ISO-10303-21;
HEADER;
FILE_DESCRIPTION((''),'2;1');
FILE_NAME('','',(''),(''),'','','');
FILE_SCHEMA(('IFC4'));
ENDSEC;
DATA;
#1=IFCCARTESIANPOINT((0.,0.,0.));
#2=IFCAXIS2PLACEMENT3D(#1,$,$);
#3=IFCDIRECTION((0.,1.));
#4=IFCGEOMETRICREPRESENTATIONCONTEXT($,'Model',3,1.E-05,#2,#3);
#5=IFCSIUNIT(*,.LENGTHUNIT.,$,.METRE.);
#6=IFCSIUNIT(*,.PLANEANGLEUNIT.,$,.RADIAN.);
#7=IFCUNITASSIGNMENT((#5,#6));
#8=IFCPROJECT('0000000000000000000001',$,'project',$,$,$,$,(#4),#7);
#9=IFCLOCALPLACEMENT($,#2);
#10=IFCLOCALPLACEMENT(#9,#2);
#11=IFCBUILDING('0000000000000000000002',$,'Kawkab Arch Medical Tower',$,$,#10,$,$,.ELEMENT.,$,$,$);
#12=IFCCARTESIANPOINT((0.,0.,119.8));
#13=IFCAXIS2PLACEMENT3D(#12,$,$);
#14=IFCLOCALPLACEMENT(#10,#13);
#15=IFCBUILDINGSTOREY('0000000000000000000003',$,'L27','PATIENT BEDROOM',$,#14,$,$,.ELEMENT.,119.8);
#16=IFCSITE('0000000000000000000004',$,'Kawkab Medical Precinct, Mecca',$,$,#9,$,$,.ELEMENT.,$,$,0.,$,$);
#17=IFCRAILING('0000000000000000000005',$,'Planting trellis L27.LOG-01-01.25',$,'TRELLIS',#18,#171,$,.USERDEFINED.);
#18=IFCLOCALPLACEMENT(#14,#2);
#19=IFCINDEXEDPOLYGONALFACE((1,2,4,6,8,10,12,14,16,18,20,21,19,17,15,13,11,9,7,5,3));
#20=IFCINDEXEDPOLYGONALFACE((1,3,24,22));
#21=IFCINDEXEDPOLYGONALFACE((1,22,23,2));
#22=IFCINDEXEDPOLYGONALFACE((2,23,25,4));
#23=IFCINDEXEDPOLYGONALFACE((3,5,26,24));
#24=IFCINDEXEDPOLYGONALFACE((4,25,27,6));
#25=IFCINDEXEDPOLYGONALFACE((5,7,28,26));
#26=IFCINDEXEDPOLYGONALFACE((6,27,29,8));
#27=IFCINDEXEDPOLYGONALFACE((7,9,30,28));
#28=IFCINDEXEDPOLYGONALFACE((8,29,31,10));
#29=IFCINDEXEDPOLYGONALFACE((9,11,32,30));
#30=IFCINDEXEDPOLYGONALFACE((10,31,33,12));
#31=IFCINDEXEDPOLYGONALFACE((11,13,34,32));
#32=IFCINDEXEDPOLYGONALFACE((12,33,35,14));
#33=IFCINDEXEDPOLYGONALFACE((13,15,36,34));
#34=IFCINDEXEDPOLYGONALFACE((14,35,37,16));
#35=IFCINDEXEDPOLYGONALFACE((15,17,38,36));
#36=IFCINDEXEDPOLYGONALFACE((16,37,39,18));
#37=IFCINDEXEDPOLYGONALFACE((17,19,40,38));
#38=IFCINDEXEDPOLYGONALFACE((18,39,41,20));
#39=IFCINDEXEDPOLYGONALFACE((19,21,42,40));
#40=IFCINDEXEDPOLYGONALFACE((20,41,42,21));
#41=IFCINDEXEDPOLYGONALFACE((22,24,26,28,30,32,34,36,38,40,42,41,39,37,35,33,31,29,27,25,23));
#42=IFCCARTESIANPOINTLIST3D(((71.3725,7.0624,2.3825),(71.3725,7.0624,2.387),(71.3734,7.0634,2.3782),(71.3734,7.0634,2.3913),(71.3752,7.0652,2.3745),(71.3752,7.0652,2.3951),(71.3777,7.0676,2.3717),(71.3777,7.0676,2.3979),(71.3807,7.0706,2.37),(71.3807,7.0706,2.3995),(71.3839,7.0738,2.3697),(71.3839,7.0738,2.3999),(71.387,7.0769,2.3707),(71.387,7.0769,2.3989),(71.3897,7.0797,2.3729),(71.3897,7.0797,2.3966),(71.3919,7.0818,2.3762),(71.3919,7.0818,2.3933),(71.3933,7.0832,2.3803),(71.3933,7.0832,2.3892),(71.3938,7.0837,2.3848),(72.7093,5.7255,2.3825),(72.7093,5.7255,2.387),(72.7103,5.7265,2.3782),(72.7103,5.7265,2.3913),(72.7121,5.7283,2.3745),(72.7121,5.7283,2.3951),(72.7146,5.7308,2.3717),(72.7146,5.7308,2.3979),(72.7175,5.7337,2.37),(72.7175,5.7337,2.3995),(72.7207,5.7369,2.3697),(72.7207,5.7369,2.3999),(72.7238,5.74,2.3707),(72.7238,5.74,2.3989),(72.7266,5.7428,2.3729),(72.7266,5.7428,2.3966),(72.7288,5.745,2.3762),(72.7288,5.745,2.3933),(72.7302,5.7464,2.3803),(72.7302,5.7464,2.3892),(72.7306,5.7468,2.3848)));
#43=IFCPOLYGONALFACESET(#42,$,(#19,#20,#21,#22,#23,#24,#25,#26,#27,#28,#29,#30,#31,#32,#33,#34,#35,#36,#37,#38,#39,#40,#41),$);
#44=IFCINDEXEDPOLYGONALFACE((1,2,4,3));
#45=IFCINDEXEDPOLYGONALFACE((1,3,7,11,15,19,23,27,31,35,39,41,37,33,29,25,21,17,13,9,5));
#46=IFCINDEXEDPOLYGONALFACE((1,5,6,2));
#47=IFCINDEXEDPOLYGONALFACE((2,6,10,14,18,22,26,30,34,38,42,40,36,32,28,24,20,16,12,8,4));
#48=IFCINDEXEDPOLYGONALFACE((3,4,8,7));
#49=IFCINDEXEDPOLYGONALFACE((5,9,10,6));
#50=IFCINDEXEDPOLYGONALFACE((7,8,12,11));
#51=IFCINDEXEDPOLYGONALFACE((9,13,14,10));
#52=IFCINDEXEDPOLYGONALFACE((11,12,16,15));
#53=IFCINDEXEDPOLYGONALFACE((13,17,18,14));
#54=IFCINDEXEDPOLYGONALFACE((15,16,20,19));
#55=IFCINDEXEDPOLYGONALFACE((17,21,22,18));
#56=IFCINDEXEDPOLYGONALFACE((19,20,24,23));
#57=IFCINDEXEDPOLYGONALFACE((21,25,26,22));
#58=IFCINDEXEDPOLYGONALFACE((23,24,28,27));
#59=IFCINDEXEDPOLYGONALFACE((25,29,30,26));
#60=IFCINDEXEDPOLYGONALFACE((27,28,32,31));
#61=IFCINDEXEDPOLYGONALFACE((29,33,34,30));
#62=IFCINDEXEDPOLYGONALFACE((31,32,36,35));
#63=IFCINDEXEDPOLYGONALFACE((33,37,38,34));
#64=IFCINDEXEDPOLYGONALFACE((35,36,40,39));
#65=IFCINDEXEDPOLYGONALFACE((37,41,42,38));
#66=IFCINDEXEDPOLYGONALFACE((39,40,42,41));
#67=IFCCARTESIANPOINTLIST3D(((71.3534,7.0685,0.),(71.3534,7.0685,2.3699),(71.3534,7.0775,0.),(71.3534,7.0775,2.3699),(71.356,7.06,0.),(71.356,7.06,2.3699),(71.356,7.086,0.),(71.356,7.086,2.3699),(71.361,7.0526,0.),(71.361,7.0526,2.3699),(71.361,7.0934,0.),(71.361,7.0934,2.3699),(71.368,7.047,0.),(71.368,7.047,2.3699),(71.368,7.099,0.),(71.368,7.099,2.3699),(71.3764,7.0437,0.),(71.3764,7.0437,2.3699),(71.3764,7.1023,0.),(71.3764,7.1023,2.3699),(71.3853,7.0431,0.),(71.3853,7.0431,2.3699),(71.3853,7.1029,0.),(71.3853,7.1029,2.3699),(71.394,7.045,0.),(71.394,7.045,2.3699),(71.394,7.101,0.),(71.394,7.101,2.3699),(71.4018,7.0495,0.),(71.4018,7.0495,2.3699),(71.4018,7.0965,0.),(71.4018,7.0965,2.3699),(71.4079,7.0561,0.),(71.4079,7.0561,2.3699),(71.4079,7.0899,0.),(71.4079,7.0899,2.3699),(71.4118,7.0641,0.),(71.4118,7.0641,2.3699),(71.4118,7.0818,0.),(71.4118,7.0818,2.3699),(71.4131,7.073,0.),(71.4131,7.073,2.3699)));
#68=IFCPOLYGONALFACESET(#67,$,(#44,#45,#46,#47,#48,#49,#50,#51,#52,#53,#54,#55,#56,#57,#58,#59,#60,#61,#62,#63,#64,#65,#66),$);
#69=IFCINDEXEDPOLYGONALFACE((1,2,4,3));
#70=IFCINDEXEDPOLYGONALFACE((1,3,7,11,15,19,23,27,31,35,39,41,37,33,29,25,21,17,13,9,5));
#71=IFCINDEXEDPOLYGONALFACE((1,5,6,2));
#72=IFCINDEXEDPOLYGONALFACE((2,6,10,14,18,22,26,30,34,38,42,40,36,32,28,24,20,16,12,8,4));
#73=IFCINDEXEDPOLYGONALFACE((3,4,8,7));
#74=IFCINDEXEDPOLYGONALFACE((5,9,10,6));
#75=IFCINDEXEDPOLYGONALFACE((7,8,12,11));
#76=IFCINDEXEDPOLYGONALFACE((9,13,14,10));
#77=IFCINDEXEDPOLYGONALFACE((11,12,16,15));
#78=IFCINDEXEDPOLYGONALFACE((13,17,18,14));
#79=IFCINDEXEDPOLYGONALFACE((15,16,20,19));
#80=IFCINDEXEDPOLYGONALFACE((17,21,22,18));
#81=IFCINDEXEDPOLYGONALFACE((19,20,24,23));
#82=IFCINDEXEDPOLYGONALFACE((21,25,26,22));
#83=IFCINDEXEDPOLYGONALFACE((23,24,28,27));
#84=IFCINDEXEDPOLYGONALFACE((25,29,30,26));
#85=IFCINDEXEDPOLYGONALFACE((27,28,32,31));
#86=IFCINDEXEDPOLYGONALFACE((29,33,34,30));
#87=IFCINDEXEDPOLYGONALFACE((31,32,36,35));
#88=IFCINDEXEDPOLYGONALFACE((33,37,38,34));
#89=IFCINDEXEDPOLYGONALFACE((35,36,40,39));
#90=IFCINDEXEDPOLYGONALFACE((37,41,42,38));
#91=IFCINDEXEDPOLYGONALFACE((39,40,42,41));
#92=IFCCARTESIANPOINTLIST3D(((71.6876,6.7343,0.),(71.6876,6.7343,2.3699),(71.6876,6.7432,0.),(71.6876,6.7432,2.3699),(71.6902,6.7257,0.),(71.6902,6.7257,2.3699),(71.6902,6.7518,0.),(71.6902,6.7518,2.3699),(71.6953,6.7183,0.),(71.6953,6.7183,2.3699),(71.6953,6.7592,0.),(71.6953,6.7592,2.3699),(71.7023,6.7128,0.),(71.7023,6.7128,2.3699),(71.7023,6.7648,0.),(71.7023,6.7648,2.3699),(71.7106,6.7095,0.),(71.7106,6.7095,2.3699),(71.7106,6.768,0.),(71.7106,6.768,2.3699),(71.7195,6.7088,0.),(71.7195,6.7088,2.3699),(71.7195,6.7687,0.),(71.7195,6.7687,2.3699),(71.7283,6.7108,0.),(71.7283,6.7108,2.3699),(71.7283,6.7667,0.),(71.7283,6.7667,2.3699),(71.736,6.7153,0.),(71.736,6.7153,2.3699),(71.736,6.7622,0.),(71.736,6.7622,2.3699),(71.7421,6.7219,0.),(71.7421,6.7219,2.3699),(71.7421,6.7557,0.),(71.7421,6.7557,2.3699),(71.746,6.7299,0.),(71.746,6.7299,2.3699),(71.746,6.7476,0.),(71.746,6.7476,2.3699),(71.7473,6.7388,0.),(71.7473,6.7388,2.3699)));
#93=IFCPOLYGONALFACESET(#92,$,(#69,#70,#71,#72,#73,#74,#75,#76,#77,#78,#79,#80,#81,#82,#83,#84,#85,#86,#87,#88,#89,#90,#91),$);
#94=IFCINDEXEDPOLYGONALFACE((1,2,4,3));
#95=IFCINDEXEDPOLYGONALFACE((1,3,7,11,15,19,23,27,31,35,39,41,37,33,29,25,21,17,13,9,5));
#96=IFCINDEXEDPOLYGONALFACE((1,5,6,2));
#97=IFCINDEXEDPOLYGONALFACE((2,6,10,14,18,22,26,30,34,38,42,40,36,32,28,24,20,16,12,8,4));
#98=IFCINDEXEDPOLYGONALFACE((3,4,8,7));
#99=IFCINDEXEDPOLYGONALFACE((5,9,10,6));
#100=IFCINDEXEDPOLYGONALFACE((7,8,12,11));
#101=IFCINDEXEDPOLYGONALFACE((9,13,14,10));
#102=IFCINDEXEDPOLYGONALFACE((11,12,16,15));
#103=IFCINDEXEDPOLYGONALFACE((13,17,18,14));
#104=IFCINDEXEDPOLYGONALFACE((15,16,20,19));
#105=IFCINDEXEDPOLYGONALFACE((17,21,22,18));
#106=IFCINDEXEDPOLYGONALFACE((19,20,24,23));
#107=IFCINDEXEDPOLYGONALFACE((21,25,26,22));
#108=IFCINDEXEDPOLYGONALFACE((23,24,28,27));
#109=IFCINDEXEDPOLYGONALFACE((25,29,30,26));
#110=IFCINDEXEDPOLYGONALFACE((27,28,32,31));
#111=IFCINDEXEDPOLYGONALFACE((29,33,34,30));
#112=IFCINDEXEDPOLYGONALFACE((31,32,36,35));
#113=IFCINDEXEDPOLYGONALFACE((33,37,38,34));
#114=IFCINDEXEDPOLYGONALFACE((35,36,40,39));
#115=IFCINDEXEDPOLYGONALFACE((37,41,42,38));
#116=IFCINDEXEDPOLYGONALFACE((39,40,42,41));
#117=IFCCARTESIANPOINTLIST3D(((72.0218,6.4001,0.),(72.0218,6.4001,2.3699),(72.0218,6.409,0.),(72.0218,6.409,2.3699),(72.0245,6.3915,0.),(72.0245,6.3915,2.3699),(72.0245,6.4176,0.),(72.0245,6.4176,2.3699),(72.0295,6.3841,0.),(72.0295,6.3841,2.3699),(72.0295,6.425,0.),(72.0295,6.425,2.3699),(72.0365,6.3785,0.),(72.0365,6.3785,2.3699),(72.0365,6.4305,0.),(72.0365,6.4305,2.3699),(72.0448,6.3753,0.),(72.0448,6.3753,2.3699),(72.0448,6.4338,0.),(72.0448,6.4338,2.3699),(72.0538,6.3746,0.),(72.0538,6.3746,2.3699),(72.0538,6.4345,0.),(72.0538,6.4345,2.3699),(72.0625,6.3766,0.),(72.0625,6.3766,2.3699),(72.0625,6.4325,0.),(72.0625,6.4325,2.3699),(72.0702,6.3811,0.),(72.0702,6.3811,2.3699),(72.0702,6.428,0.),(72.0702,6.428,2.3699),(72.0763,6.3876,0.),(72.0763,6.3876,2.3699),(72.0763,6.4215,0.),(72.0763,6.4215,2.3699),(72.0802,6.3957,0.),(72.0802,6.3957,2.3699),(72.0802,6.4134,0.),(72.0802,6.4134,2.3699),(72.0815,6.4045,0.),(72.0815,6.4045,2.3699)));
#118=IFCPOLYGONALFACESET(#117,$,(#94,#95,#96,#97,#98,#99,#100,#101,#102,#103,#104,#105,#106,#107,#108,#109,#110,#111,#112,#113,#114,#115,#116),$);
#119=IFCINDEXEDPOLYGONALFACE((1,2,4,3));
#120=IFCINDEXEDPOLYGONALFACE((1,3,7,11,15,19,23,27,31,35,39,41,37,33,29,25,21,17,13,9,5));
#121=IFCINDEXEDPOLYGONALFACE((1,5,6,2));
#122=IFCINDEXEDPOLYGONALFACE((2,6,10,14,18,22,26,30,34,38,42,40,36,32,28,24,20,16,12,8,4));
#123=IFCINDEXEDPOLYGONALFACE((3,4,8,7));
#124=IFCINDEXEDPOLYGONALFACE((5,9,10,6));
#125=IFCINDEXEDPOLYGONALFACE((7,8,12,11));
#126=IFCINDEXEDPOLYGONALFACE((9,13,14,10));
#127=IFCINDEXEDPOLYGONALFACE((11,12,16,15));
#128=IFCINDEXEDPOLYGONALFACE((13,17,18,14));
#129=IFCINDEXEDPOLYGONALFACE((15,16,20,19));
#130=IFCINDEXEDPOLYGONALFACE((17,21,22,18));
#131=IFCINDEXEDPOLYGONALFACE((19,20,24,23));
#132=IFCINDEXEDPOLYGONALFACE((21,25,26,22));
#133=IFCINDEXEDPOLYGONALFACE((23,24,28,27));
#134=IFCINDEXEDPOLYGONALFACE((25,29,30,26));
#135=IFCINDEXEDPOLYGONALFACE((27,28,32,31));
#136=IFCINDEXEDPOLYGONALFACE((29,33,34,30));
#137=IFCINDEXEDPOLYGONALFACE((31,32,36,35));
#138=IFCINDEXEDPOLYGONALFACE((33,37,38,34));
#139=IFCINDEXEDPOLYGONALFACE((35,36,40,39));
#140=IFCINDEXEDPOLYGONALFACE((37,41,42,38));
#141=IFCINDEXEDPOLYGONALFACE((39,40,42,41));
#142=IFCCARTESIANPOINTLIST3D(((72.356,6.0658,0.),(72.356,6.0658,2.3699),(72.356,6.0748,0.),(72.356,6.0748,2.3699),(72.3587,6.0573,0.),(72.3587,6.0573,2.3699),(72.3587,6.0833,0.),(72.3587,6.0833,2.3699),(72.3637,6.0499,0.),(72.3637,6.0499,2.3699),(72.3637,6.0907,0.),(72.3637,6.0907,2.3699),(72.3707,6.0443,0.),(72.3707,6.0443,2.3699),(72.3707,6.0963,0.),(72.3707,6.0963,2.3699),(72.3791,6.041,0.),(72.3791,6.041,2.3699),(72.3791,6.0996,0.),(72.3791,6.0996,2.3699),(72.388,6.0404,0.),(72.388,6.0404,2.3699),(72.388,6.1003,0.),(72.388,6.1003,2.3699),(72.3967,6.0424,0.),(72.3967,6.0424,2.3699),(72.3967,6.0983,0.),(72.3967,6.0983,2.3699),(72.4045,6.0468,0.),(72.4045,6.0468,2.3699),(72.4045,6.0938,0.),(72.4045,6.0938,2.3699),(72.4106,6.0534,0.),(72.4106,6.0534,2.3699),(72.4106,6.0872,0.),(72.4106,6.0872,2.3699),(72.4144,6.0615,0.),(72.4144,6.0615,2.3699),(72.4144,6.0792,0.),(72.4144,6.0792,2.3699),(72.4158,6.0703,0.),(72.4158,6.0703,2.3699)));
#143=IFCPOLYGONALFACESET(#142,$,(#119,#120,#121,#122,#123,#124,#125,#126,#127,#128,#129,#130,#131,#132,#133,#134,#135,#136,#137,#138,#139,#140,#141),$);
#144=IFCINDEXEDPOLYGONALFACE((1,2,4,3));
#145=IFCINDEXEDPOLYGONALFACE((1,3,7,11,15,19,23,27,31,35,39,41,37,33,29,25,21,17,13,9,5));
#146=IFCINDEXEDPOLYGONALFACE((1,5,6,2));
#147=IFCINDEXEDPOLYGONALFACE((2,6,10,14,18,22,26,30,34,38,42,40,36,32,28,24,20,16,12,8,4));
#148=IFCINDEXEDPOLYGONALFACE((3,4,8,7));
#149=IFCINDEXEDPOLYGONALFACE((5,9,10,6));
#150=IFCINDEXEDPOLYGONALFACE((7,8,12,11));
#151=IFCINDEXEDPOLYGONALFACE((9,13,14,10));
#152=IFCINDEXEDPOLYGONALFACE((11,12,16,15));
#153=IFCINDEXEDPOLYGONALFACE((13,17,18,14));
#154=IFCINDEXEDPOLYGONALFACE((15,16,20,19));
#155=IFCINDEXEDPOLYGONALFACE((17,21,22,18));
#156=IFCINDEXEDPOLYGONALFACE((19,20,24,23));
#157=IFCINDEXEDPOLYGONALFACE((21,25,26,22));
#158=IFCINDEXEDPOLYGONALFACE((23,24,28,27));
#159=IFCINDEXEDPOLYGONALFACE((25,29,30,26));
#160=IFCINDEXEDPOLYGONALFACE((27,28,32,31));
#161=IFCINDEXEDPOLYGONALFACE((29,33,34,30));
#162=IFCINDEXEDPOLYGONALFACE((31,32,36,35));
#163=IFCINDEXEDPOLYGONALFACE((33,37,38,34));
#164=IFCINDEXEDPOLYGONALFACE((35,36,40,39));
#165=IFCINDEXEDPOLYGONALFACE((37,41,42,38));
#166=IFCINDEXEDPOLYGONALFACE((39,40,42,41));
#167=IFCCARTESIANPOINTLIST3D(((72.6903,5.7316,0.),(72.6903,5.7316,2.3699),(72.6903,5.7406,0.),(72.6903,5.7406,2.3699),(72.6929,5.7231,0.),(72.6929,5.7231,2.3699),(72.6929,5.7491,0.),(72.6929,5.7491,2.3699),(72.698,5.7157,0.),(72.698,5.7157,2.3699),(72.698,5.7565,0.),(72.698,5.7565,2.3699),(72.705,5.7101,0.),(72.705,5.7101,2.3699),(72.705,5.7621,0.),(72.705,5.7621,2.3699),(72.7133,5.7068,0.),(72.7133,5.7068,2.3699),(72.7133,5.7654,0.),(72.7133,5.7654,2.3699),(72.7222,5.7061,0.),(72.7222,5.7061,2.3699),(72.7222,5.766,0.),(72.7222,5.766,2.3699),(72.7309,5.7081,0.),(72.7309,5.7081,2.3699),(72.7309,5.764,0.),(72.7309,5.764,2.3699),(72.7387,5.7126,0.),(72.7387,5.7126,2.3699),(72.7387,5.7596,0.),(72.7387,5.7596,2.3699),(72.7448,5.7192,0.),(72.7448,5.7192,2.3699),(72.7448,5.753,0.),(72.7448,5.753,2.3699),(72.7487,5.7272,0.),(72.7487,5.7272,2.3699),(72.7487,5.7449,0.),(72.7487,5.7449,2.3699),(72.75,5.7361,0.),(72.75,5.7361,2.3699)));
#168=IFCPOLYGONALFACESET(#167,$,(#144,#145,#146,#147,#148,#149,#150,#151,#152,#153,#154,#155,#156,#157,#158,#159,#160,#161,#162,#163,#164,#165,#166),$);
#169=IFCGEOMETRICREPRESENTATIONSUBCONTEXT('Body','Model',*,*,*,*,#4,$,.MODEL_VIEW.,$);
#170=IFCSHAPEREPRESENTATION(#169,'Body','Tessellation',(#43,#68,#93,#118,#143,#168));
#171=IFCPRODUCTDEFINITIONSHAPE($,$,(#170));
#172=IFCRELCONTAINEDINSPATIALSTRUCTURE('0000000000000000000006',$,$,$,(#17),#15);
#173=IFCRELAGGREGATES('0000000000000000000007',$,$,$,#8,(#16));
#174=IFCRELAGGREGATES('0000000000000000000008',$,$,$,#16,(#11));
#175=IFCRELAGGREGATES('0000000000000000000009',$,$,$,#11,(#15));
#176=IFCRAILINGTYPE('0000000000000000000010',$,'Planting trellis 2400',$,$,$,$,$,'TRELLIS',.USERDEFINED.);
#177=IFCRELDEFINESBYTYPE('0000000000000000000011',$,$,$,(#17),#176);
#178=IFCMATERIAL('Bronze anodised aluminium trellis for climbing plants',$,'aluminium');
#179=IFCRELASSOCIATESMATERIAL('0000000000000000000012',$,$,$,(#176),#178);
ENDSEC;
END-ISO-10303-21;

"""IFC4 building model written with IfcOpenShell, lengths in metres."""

from ifc_helpers import new_model, si_unit, direction, frame, origin, origin_2d, place, context, subcontext, project, spatial, circle, extrude, material, type_object, element, save


model = new_model("IFC4")

# Units and contexts
model_context = context("Model", 3, precision=1e-05, world=origin(), true_north=direction((0.0, 1.0)))
body_context = subcontext(model_context, "Body", "Model", "MODEL_VIEW")
ifc_project = project(units=[si_unit("LENGTHUNIT", "METRE"), si_unit("PLANEANGLEUNIT", "RADIAN")], contexts=[model_context])

# Site, building, storey
site_placement = place(None, origin())
site = spatial("IfcSite", under=ifc_project, at=site_placement, Name="Kawkab Medical Precinct, Mecca", CompositionType="ELEMENT", RefElevation=0.0)
building_placement = place(site_placement, origin())
building = spatial("IfcBuilding", under=site, at=building_placement, Name="Kawkab Arch Medical Tower", CompositionType="ELEMENT")
storey_placement = place(building_placement, frame((0.0, 0.0, 119.8)))
storey = spatial("IfcBuildingStorey", under=building, at=storey_placement, Name="L27", Description="PATIENT BEDROOM", CompositionType="ELEMENT", Elevation=119.8)

# Railing
ifc_material_1 = material(Name="Bronze anodised aluminium trellis for climbing plants", Category="aluminium")
railing_type_1 = type_object("IfcRailingType", Name="Planting trellis 2400", ElementType="TRELLIS", PredefinedType="USERDEFINED", material=ifc_material_1)
railing_1_placement = place(storey_placement, frame((71.3831, 7.073, 0.0)))
element("IfcRailing", 1, at=railing_1_placement, inside=storey, type_object=railing_type_1, Name="Planting trellis L27.LOG-01-01.25", ObjectType="TRELLIS", PredefinedType="USERDEFINED", context=body_context, shape_type="SweptSolid", body=[
    extrude(circle(Radius=0.0151, at=origin_2d()), frame((0.0, 0.0, 2.3848), z_axis=(0.707107, -0.707107, 0.0), x_axis=(0.707107, 0.707107, 0.0)), (0.0, 0.0, 1.0), 1.8906),
    extrude(circle(Radius=0.03, at=origin_2d()), origin(), (0.0, 0.0, 1.0), 2.3699),
    extrude(circle(Radius=0.03, at=origin_2d()), frame((0.3342, -0.3342, 0.0)), (0.0, 0.0, 1.0), 2.3699),
    extrude(circle(Radius=0.03, at=origin_2d()), frame((0.6685, -0.6685, 0.0)), (0.0, 0.0, 1.0), 2.3699),
    extrude(circle(Radius=0.03, at=origin_2d()), frame((1.0027, -1.0027, 0.0)), (0.0, 0.0, 1.0), 2.3699),
    extrude(circle(Radius=0.03, at=origin_2d()), frame((1.3369, -1.3369, 0.0)), (0.0, 0.0, 1.0), 2.3699),
])

save(model, "model.ifc")
